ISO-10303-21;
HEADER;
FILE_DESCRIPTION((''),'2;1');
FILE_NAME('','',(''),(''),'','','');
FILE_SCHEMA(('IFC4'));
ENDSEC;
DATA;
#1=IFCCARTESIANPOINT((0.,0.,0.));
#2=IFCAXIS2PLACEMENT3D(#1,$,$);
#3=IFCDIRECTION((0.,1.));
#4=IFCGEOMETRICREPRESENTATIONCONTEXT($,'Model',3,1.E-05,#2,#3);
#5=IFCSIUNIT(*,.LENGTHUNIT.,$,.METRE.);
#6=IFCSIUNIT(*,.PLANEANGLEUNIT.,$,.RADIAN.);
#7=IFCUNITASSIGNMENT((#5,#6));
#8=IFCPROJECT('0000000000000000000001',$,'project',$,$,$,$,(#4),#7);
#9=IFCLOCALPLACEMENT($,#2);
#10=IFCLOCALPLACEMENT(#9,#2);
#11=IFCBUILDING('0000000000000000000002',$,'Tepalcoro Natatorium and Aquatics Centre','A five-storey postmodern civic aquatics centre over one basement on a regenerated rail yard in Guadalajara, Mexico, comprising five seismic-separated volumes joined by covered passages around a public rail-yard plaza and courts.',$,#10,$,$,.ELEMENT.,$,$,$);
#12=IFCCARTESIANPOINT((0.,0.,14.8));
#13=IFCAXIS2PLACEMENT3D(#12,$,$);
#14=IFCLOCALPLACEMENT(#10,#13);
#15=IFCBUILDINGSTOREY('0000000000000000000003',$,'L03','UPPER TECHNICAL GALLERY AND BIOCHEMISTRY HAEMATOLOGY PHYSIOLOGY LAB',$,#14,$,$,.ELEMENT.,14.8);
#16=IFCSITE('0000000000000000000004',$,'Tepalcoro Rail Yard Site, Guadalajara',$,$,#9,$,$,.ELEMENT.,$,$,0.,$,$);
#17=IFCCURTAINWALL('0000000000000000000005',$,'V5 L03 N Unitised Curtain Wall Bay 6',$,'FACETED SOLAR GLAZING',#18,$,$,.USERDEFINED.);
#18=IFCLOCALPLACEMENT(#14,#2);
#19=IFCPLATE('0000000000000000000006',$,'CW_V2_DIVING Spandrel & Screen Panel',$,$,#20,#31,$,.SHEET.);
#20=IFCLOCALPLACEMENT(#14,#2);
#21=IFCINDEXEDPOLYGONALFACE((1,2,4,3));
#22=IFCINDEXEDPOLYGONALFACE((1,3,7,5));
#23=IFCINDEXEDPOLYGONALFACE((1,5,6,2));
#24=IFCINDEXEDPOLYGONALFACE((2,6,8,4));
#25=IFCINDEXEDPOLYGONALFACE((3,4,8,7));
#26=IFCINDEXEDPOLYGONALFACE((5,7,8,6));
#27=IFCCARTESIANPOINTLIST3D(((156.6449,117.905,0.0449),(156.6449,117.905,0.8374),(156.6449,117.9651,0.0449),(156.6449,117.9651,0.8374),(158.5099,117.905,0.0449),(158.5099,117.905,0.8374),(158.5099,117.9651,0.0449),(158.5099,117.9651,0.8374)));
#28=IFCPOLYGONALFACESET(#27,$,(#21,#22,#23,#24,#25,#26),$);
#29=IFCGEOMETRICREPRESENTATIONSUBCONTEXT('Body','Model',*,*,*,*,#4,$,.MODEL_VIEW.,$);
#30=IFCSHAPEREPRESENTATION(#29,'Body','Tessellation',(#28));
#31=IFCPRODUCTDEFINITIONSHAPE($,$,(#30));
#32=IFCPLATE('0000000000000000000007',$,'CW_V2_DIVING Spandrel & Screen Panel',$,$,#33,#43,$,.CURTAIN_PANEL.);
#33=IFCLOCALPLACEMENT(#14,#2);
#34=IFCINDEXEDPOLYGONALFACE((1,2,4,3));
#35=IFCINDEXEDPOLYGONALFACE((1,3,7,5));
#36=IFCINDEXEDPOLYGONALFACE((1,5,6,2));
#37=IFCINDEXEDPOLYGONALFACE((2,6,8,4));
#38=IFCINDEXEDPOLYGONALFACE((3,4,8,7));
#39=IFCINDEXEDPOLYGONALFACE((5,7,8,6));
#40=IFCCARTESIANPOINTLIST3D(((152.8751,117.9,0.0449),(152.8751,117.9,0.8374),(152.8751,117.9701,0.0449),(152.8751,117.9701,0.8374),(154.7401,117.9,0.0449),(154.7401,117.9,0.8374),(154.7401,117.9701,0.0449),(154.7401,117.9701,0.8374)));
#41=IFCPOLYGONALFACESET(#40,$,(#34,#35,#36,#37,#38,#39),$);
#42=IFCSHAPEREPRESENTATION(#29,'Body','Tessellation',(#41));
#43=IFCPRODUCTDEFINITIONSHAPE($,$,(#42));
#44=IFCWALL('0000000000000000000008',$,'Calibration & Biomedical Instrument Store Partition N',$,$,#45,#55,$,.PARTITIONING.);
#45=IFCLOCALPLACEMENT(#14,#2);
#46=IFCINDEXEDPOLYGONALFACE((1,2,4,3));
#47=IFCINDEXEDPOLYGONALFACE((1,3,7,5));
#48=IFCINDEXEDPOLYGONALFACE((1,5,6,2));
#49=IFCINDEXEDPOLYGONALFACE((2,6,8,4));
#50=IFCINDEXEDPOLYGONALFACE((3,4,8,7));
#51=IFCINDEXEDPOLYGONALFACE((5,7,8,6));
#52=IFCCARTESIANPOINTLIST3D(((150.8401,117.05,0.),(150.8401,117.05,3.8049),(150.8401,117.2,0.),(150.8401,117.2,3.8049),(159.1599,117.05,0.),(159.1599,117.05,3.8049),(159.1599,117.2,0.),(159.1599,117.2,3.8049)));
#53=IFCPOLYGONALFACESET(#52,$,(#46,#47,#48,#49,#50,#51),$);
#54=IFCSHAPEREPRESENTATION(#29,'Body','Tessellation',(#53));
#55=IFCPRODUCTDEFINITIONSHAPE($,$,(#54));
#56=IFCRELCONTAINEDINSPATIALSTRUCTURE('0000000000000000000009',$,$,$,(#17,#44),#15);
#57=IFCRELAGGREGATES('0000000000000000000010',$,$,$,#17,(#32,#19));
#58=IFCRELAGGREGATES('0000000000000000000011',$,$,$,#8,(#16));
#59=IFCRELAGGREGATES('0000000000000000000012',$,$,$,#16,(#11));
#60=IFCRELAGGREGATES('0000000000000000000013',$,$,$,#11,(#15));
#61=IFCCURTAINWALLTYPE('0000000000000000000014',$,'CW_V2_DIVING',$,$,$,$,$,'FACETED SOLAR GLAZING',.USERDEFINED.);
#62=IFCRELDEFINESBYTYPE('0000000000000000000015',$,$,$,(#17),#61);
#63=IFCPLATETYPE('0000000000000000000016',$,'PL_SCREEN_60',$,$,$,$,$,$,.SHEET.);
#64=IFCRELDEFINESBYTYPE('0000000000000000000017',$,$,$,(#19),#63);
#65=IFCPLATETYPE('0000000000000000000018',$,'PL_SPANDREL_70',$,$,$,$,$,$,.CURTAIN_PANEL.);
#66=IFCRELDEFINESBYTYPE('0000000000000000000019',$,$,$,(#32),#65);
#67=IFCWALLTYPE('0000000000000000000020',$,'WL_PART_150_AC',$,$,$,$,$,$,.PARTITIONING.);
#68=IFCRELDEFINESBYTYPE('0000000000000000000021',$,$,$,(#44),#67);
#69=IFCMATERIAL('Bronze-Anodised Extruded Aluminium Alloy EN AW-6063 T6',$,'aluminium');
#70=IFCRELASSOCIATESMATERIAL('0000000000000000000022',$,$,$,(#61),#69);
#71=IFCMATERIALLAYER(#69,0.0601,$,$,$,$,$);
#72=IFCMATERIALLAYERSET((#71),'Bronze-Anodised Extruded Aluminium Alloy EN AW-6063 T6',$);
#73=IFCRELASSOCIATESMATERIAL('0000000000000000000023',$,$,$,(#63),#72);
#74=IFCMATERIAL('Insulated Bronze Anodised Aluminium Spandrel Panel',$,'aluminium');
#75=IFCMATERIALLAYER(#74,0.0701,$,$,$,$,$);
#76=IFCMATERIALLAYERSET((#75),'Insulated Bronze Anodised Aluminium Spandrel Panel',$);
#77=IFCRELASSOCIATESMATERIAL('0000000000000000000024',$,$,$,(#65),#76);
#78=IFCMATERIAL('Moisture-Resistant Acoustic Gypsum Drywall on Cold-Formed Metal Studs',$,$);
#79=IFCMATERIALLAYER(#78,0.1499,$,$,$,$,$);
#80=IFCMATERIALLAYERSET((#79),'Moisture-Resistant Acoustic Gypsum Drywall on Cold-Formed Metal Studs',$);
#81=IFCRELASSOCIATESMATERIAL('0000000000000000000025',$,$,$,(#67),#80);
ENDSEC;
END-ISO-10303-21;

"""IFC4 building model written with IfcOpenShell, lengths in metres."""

from ifc_helpers import new_model, si_unit, direction, frame, frame_2d, origin, origin_2d, place, context, subcontext, project, spatial, rectangle, extrude, material, layer, layer_set, type_object, element, aggregate, save


model = new_model("IFC4")

# Units and contexts
model_context = context("Model", 3, precision=1e-05, world=origin(), true_north=direction((0.0, 1.0)))
body_context = subcontext(model_context, "Body", "Model", "MODEL_VIEW")
ifc_project = project(units=[si_unit("LENGTHUNIT", "METRE"), si_unit("PLANEANGLEUNIT", "RADIAN")], contexts=[model_context])

# Site, building, storey
site_placement = place(None, origin())
site = spatial("IfcSite", under=ifc_project, at=site_placement, Name="Tepalcoro Rail Yard Site, Guadalajara", CompositionType="ELEMENT", RefElevation=0.0)
building_placement = place(site_placement, origin())
building = spatial("IfcBuilding", under=site, at=building_placement, Name="Tepalcoro Natatorium and Aquatics Centre", Description="A five-storey postmodern civic aquatics centre over one basement on a regenerated rail yard in Guadalajara, Mexico, comprising five seismic-separated volumes joined by covered passages around a public rail-yard plaza and courts.", CompositionType="ELEMENT")
storey_placement = place(building_placement, frame((0.0, 0.0, 14.8)))
storey = spatial("IfcBuildingStorey", under=building, at=storey_placement, Name="L03", Description="UPPER TECHNICAL GALLERY AND BIOCHEMISTRY HAEMATOLOGY PHYSIOLOGY LAB", CompositionType="ELEMENT", Elevation=14.8)

# Curtain wall
ifc_material_1 = material(Name="Bronze-Anodised Extruded Aluminium Alloy EN AW-6063 T6", Category="aluminium")
curtain_wall_type = type_object("IfcCurtainWallType", Name="CW_V2_DIVING", ElementType="FACETED SOLAR GLAZING", PredefinedType="USERDEFINED", material=ifc_material_1)
curtain_wall_placement = place(storey_placement, origin())
curtain_wall = element("IfcCurtainWall", 1, at=curtain_wall_placement, inside=storey, type_object=curtain_wall_type, Name="V5 L03 N Unitised Curtain Wall Bay 6", ObjectType="FACETED SOLAR GLAZING", PredefinedType="USERDEFINED")

# Plates
ifc_layer_1 = layer(ifc_material_1, 0.0601)
ifc_layer_set_1 = layer_set([ifc_layer_1], Name="Bronze-Anodised Extruded Aluminium Alloy EN AW-6063 T6")
plate_type_1 = type_object("IfcPlateType", Name="PL_SCREEN_60", PredefinedType="SHEET", material=ifc_layer_set_1)
plate_1_placement = place(storey_placement, frame((157.5774, 117.9351, 0.0449), z_axis=(0.0, 0.0, 1.0), x_axis=(1.0, 0.0, 0.0)))
plate_1 = element("IfcPlate", 2, at=plate_1_placement, type_object=plate_type_1, Name="CW_V2_DIVING Spandrel & Screen Panel", PredefinedType="SHEET", context=body_context, shape_type="SweptSolid", body=[
    extrude(rectangle(XDim=1.865, YDim=0.0601, at=origin_2d()), origin(), (0.0, 0.0, 1.0), 0.7925),
])
ifc_material_2 = material(Name="Insulated Bronze Anodised Aluminium Spandrel Panel", Category="aluminium")
ifc_layer_2 = layer(ifc_material_2, 0.0701)
ifc_layer_set_2 = layer_set([ifc_layer_2], Name="Insulated Bronze Anodised Aluminium Spandrel Panel")
plate_type_2 = type_object("IfcPlateType", Name="PL_SPANDREL_70", PredefinedType="CURTAIN_PANEL", material=ifc_layer_set_2)
plate_2_placement = place(storey_placement, frame((153.8076, 117.9351, 0.0449), z_axis=(0.0, 0.0, 1.0), x_axis=(1.0, 0.0, 0.0)))
plate_2 = element("IfcPlate", 3, at=plate_2_placement, type_object=plate_type_2, Name="CW_V2_DIVING Spandrel & Screen Panel", PredefinedType="CURTAIN_PANEL", context=body_context, shape_type="SweptSolid", body=[
    extrude(rectangle(XDim=1.865, YDim=0.0701, at=origin_2d()), origin(), (0.0, 0.0, 1.0), 0.7925),
])
aggregate(curtain_wall, [plate_2, plate_1])

# Wall
ifc_material_3 = material(Name="Moisture-Resistant Acoustic Gypsum Drywall on Cold-Formed Metal Studs")
ifc_layer_3 = layer(ifc_material_3, 0.1499)
ifc_layer_set_3 = layer_set([ifc_layer_3], Name="Moisture-Resistant Acoustic Gypsum Drywall on Cold-Formed Metal Studs")
wall_type = type_object("IfcWallType", Name="WL_PART_150_AC", PredefinedType="PARTITIONING", material=ifc_layer_set_3)
wall_placement = place(storey_placement, frame((150.8401, 117.125, 0.0), z_axis=(0.0, 0.0, 1.0), x_axis=(1.0, 0.0, 0.0)))
element("IfcWall", 4, at=wall_placement, inside=storey, type_object=wall_type, Name="Calibration & Biomedical Instrument Store Partition N", PredefinedType="PARTITIONING", context=body_context, shape_type="SweptSolid", body=[
    extrude(rectangle(XDim=8.3198, YDim=0.1499, at=frame_2d((4.1599, 0.0))), origin(), (0.0, 0.0, 1.0), 3.8049),
])

save(model, "model.ifc")
